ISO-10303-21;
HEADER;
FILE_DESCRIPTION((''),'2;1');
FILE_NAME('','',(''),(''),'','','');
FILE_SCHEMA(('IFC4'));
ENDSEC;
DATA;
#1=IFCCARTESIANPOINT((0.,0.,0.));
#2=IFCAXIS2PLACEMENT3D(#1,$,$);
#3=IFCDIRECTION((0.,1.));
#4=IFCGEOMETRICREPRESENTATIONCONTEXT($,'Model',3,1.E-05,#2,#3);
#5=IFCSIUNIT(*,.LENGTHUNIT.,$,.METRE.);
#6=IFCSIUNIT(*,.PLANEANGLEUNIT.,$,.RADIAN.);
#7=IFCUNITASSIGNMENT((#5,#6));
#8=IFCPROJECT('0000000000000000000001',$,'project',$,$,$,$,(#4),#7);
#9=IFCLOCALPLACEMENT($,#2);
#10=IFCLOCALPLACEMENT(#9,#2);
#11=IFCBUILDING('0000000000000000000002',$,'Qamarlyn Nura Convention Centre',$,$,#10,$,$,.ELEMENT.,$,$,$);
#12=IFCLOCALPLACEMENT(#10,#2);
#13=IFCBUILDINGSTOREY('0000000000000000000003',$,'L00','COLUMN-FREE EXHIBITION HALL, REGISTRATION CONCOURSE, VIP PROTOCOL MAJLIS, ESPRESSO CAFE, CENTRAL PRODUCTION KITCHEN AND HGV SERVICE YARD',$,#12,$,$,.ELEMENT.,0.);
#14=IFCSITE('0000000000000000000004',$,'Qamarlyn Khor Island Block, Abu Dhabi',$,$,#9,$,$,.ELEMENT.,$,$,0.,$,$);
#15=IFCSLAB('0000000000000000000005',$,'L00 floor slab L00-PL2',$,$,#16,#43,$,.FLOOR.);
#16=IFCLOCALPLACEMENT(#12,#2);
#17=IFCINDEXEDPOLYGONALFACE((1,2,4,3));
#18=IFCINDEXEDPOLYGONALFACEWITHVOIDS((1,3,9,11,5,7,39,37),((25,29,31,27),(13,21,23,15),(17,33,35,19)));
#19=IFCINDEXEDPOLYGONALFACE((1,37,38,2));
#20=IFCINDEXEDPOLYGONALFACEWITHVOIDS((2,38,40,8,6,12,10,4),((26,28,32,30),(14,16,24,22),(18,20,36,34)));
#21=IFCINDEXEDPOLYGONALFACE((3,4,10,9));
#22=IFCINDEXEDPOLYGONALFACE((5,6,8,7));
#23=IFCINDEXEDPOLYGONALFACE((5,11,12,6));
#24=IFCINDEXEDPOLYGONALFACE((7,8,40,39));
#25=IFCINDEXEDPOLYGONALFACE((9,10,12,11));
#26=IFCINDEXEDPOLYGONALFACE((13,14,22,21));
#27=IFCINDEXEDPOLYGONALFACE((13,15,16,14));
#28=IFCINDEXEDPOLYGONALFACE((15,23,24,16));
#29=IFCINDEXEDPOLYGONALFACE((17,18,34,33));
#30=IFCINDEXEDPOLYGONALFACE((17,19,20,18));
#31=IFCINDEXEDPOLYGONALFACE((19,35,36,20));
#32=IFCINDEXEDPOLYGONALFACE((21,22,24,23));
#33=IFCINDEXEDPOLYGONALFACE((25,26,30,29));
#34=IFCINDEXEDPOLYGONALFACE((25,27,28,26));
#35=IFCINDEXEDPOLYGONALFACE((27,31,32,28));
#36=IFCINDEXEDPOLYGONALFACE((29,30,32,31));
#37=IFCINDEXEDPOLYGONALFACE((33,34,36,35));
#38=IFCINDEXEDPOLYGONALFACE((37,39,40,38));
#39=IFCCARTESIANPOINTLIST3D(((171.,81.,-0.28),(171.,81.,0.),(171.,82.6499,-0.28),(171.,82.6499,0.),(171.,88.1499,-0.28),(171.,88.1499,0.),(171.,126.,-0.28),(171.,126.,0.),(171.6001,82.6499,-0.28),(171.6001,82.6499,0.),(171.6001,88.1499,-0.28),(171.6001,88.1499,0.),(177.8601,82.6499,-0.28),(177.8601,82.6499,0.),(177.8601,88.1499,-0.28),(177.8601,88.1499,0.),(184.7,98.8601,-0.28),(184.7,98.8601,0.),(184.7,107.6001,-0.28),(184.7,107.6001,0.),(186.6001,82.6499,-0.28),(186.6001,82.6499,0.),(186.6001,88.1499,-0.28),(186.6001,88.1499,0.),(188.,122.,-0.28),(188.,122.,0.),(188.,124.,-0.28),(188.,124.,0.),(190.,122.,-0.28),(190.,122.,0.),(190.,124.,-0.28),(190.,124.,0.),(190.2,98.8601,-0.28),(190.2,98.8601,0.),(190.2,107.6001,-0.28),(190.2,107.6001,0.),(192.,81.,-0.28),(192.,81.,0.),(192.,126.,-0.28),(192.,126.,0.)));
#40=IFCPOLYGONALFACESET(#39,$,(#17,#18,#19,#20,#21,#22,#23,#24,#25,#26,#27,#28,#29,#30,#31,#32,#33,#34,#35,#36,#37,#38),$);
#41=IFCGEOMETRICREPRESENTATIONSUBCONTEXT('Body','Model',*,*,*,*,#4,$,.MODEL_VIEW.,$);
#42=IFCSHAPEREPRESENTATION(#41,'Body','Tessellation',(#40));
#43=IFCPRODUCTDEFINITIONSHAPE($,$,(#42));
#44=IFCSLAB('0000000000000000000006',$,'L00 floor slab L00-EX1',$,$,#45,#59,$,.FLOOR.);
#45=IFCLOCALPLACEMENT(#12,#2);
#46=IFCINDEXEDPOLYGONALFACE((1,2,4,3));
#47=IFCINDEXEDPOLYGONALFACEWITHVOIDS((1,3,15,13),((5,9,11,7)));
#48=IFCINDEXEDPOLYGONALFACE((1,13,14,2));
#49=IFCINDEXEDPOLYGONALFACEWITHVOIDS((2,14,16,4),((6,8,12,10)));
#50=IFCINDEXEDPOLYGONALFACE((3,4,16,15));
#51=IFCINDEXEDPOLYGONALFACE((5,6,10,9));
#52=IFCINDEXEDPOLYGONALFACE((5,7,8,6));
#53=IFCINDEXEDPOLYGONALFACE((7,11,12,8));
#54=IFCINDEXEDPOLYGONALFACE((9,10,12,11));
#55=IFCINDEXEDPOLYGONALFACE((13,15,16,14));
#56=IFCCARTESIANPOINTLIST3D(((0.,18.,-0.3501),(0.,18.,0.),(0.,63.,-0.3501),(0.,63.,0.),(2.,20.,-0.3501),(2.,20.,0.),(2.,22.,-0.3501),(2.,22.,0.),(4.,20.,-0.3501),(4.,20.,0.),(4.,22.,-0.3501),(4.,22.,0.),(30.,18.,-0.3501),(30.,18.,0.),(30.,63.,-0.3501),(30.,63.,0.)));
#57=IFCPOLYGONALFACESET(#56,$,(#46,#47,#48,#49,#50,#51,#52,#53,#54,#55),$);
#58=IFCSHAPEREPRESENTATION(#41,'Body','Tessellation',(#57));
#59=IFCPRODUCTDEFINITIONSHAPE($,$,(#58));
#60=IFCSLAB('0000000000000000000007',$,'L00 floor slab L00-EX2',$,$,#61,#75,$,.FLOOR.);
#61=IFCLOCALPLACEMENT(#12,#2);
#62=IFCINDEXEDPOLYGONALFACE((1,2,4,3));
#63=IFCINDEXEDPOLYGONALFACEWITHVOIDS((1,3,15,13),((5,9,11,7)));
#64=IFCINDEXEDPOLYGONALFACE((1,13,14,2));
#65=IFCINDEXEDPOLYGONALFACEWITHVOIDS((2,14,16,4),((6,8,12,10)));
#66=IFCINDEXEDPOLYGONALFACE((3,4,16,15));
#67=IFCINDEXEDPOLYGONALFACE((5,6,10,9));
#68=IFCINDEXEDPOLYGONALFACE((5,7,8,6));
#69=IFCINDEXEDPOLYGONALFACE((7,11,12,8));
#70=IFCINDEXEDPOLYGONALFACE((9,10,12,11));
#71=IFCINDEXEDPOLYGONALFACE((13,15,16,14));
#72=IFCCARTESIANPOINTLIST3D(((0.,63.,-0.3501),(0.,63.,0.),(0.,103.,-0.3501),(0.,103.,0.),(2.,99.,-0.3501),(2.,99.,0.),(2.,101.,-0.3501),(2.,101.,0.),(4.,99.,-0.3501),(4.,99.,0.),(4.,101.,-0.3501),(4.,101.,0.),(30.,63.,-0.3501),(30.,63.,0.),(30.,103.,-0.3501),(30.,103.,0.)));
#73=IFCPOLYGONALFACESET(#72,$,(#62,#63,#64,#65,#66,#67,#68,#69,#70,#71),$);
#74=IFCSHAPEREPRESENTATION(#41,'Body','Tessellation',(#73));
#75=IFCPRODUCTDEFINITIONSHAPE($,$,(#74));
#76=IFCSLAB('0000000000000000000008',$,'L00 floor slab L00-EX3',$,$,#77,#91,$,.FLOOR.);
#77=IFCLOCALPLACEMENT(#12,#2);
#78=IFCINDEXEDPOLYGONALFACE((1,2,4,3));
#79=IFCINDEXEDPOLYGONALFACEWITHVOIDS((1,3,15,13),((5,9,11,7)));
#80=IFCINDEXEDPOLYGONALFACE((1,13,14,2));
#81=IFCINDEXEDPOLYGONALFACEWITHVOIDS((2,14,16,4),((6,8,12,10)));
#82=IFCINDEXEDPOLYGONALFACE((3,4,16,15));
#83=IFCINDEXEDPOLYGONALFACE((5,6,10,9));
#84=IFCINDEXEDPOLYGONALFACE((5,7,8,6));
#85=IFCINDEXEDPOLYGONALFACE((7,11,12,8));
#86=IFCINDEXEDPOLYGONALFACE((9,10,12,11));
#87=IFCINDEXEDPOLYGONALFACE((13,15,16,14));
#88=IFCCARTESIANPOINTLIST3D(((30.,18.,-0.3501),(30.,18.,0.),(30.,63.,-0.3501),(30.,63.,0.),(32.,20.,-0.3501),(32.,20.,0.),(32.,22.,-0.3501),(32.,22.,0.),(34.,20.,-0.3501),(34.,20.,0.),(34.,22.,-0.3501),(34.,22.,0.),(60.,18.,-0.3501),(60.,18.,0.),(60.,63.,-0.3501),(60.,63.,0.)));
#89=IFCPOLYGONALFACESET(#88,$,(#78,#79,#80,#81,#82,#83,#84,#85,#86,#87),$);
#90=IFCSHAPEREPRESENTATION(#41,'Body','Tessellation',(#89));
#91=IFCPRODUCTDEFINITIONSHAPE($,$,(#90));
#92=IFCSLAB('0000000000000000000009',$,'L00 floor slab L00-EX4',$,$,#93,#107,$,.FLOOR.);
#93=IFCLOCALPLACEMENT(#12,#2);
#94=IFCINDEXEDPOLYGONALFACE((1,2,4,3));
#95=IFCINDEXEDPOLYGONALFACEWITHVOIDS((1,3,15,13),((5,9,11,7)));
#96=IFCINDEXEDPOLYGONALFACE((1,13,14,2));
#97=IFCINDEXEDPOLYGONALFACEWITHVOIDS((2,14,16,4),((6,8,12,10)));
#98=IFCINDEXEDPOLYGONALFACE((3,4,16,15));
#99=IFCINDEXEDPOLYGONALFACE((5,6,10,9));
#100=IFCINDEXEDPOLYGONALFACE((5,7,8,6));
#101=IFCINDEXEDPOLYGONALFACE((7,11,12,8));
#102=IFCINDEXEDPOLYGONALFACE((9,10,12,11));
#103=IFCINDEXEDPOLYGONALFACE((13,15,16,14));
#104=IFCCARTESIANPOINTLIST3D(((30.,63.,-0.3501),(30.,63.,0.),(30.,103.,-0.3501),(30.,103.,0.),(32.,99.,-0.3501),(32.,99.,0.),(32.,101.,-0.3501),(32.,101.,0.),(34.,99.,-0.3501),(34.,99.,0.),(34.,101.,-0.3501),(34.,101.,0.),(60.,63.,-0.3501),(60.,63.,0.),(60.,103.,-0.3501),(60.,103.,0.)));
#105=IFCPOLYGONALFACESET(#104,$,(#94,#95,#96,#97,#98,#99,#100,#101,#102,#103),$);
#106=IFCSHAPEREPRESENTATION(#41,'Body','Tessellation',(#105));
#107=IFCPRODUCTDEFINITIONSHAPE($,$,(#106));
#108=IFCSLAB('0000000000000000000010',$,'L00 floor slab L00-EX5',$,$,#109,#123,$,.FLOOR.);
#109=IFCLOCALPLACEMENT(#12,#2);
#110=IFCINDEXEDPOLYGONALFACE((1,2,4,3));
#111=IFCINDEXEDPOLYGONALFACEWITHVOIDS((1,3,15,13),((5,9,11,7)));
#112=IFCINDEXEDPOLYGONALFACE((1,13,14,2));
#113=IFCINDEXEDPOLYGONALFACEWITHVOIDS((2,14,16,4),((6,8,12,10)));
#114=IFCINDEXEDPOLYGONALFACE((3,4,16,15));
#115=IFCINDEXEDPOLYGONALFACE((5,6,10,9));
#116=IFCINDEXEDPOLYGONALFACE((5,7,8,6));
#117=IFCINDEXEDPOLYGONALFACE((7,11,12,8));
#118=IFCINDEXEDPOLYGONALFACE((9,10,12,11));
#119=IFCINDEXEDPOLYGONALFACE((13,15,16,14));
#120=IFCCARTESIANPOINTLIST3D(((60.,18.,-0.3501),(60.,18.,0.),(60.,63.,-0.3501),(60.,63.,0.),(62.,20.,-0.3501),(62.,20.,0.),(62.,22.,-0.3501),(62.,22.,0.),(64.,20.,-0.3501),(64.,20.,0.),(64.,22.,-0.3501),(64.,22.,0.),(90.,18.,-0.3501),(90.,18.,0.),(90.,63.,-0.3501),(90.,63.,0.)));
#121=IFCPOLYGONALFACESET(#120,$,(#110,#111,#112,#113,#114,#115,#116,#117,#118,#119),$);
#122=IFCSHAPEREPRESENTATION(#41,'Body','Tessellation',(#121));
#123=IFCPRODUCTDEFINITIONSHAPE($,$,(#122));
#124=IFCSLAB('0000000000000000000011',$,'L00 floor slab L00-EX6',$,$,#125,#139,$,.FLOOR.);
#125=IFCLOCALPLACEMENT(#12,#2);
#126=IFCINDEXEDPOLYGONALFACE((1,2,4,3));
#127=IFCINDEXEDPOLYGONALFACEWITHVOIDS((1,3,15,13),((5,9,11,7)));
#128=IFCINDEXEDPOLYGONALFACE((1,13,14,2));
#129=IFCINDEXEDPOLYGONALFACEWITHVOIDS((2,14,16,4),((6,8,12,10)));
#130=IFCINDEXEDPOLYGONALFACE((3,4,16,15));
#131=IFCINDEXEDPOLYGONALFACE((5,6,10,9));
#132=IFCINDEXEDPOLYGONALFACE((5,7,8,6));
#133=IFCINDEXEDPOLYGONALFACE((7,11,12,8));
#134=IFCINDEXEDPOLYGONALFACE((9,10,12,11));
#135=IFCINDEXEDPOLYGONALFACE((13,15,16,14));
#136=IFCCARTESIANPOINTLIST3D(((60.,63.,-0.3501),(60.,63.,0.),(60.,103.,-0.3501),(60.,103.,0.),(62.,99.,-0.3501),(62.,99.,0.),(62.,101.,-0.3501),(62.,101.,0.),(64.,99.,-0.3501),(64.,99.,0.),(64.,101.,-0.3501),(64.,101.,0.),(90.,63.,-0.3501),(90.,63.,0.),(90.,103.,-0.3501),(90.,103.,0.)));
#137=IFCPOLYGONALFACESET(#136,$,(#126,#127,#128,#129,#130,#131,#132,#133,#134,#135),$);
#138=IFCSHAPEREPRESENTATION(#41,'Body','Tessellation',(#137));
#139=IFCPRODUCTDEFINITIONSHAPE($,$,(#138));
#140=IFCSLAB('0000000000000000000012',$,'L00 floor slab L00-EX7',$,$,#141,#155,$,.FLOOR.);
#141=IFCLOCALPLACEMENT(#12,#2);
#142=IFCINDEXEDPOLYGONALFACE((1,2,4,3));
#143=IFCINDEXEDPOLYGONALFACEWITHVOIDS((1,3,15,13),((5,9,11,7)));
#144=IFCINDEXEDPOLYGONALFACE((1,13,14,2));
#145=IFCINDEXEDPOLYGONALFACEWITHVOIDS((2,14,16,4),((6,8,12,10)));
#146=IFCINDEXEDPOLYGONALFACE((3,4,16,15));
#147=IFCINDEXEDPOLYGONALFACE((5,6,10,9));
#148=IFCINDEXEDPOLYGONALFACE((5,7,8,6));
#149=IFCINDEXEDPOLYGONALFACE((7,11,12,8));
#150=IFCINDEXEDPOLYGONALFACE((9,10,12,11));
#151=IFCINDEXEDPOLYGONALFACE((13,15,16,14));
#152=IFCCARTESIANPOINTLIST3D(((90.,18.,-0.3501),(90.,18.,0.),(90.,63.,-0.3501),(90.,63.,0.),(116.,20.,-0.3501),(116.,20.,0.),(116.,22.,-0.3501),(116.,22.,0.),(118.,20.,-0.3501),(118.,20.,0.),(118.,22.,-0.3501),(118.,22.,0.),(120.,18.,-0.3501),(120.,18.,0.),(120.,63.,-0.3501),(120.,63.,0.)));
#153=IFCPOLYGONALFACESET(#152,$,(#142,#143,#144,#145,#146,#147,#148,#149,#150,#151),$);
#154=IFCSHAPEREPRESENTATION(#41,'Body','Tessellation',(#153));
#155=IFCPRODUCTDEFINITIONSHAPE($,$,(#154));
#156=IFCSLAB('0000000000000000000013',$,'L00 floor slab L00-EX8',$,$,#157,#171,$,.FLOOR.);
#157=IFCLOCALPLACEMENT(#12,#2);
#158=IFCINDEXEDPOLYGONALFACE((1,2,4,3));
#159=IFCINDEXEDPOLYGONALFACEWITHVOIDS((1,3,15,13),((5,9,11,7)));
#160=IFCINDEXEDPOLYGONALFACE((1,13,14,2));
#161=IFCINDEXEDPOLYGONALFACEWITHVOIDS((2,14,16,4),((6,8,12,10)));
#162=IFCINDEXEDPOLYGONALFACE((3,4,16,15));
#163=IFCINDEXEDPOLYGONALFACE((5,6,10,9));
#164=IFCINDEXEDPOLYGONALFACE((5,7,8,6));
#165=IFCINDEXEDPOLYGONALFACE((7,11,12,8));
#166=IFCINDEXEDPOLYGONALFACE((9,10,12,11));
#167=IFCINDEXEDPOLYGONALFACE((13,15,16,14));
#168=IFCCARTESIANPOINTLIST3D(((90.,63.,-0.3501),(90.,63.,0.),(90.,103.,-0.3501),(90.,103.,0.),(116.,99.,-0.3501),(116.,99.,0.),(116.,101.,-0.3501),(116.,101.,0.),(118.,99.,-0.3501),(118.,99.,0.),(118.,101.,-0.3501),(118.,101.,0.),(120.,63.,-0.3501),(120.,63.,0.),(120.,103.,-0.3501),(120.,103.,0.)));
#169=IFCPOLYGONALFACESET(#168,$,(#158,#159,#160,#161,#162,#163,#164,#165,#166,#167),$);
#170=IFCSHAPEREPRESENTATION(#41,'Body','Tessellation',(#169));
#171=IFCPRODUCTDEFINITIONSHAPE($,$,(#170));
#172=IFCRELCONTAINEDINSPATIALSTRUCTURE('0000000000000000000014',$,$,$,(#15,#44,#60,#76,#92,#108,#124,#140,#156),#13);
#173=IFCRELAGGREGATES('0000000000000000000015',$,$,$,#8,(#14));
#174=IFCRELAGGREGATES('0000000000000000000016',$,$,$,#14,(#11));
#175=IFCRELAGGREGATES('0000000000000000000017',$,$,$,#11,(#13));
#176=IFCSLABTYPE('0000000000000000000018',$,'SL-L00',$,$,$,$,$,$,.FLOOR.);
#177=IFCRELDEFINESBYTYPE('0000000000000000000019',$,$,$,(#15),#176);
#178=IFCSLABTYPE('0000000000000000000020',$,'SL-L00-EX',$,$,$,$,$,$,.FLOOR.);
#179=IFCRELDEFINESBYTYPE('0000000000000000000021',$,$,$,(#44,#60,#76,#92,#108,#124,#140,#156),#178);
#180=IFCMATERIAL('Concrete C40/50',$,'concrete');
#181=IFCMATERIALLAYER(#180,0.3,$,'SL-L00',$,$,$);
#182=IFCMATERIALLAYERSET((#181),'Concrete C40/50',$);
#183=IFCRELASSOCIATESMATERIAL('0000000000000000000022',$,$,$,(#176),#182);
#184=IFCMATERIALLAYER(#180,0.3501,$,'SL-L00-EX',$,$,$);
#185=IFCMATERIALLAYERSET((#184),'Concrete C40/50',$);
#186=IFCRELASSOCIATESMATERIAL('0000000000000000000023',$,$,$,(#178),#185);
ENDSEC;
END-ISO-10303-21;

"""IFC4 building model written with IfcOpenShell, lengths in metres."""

from ifc_helpers import new_model, si_unit, direction, frame, origin, place, context, subcontext, project, spatial, polyline, outline, extrude, material, layer, layer_set, type_object, element, save


model = new_model("IFC4")

# Units and contexts
model_context = context("Model", 3, precision=1e-05, world=origin(), true_north=direction((0.0, 1.0)))
body_context = subcontext(model_context, "Body", "Model", "MODEL_VIEW")
ifc_project = project(units=[si_unit("LENGTHUNIT", "METRE"), si_unit("PLANEANGLEUNIT", "RADIAN")], contexts=[model_context])

# Site, building, storey
site_placement = place(None, origin())
site = spatial("IfcSite", under=ifc_project, at=site_placement, Name="Qamarlyn Khor Island Block, Abu Dhabi", CompositionType="ELEMENT", RefElevation=0.0)
building_placement = place(site_placement, origin())
building = spatial("IfcBuilding", under=site, at=building_placement, Name="Qamarlyn Nura Convention Centre", CompositionType="ELEMENT")
storey_placement = place(building_placement, origin())
storey = spatial("IfcBuildingStorey", under=building, at=storey_placement, Name="L00", Description="COLUMN-FREE EXHIBITION HALL, REGISTRATION CONCOURSE, VIP PROTOCOL MAJLIS, ESPRESSO CAFE, CENTRAL PRODUCTION KITCHEN AND HGV SERVICE YARD", CompositionType="ELEMENT", Elevation=0.0)

# Slabs
ifc_material = material(Name="Concrete C40/50", Category="concrete")
ifc_layer_1 = layer(ifc_material, 0.3, Name="SL-L00")
ifc_layer_set_1 = layer_set([ifc_layer_1], Name="Concrete C40/50")
slab_type_1 = type_object("IfcSlabType", Name="SL-L00", PredefinedType="FLOOR", material=ifc_layer_set_1)
slab_1_placement = place(storey_placement, frame((0.0, 0.0, -0.28)))
element("IfcSlab", 1, at=slab_1_placement, inside=storey, type_object=slab_type_1, Name="L00 floor slab L00-PL2", PredefinedType="FLOOR", context=body_context, shape_type="SweptSolid", body=[
    extrude(outline(polyline([(171.0, 82.6499), (171.6001, 82.6499), (171.6001, 88.1499), (171.0, 88.1499), (171.0, 126.0), (192.0, 126.0), (192.0, 81.0), (171.0, 81.0), (171.0, 82.6499)]), holes=[polyline([(188.0, 124.0), (188.0, 122.0), (190.0, 122.0), (190.0, 124.0), (188.0, 124.0)]), polyline([(177.8601, 88.1499), (177.8601, 82.6499), (186.6001, 82.6499), (186.6001, 88.1499), (177.8601, 88.1499)]), polyline([(184.7, 98.8601), (190.2, 98.8601), (190.2, 107.6001), (184.7, 107.6001), (184.7, 98.8601)])]), origin(), (0.0, 0.0, 1.0), 0.28),
])
ifc_layer_2 = layer(ifc_material, 0.3501, Name="SL-L00-EX")
ifc_layer_set_2 = layer_set([ifc_layer_2], Name="Concrete C40/50")
slab_type_2 = type_object("IfcSlabType", Name="SL-L00-EX", PredefinedType="FLOOR", material=ifc_layer_set_2)
slab_2_placement = place(storey_placement, frame((0.0, 0.0, -0.3501)))
element("IfcSlab", 2, at=slab_2_placement, inside=storey, type_object=slab_type_2, Name="L00 floor slab L00-EX1", PredefinedType="FLOOR", context=body_context, shape_type="SweptSolid", body=[
    extrude(outline(polyline([(0.0, 63.0), (30.0, 63.0), (30.0, 18.0), (0.0, 18.0), (0.0, 63.0)]), holes=[polyline([(2.0, 22.0), (2.0, 20.0), (4.0, 20.0), (4.0, 22.0), (2.0, 22.0)])]), origin(), (0.0, 0.0, 1.0), 0.3501),
])
slab_3_placement = place(storey_placement, frame((0.0, 0.0, -0.3501)))
element("IfcSlab", 3, at=slab_3_placement, inside=storey, type_object=slab_type_2, Name="L00 floor slab L00-EX2", PredefinedType="FLOOR", context=body_context, shape_type="SweptSolid", body=[
    extrude(outline(polyline([(0.0, 103.0), (30.0, 103.0), (30.0, 63.0), (0.0, 63.0), (0.0, 103.0)]), holes=[polyline([(2.0, 101.0), (2.0, 99.0), (4.0, 99.0), (4.0, 101.0), (2.0, 101.0)])]), origin(), (0.0, 0.0, 1.0), 0.3501),
])
slab_4_placement = place(storey_placement, frame((0.0, 0.0, -0.3501)))
element("IfcSlab", 4, at=slab_4_placement, inside=storey, type_object=slab_type_2, Name="L00 floor slab L00-EX3", PredefinedType="FLOOR", context=body_context, shape_type="SweptSolid", body=[
    extrude(outline(polyline([(30.0, 63.0), (60.0, 63.0), (60.0, 18.0), (30.0, 18.0), (30.0, 63.0)]), holes=[polyline([(32.0, 22.0), (32.0, 20.0), (34.0, 20.0), (34.0, 22.0), (32.0, 22.0)])]), origin(), (0.0, 0.0, 1.0), 0.3501),
])
slab_5_placement = place(storey_placement, frame((0.0, 0.0, -0.3501)))
element("IfcSlab", 5, at=slab_5_placement, inside=storey, type_object=slab_type_2, Name="L00 floor slab L00-EX4", PredefinedType="FLOOR", context=body_context, shape_type="SweptSolid", body=[
    extrude(outline(polyline([(30.0, 103.0), (60.0, 103.0), (60.0, 63.0), (30.0, 63.0), (30.0, 103.0)]), holes=[polyline([(32.0, 101.0), (32.0, 99.0), (34.0, 99.0), (34.0, 101.0), (32.0, 101.0)])]), origin(), (0.0, 0.0, 1.0), 0.3501),
])
slab_6_placement = place(storey_placement, frame((0.0, 0.0, -0.3501)))
element("IfcSlab", 6, at=slab_6_placement, inside=storey, type_object=slab_type_2, Name="L00 floor slab L00-EX5", PredefinedType="FLOOR", context=body_context, shape_type="SweptSolid", body=[
    extrude(outline(polyline([(60.0, 63.0), (90.0, 63.0), (90.0, 18.0), (60.0, 18.0), (60.0, 63.0)]), holes=[polyline([(62.0, 22.0), (62.0, 20.0), (64.0, 20.0), (64.0, 22.0), (62.0, 22.0)])]), origin(), (0.0, 0.0, 1.0), 0.3501),
])
slab_7_placement = place(storey_placement, frame((0.0, 0.0, -0.3501)))
element("IfcSlab", 7, at=slab_7_placement, inside=storey, type_object=slab_type_2, Name="L00 floor slab L00-EX6", PredefinedType="FLOOR", context=body_context, shape_type="SweptSolid", body=[
    extrude(outline(polyline([(60.0, 103.0), (90.0, 103.0), (90.0, 63.0), (60.0, 63.0), (60.0, 103.0)]), holes=[polyline([(62.0, 101.0), (62.0, 99.0), (64.0, 99.0), (64.0, 101.0), (62.0, 101.0)])]), origin(), (0.0, 0.0, 1.0), 0.3501),
])
slab_8_placement = place(storey_placement, frame((0.0, 0.0, -0.3501)))
element("IfcSlab", 8, at=slab_8_placement, inside=storey, type_object=slab_type_2, Name="L00 floor slab L00-EX7", PredefinedType="FLOOR", context=body_context, shape_type="SweptSolid", body=[
    extrude(outline(polyline([(90.0, 63.0), (120.0, 63.0), (120.0, 18.0), (90.0, 18.0), (90.0, 63.0)]), holes=[polyline([(116.0, 22.0), (116.0, 20.0), (118.0, 20.0), (118.0, 22.0), (116.0, 22.0)])]), origin(), (0.0, 0.0, 1.0), 0.3501),
])
slab_9_placement = place(storey_placement, frame((0.0, 0.0, -0.3501)))
element("IfcSlab", 9, at=slab_9_placement, inside=storey, type_object=slab_type_2, Name="L00 floor slab L00-EX8", PredefinedType="FLOOR", context=body_context, shape_type="SweptSolid", body=[
    extrude(outline(polyline([(90.0, 103.0), (120.0, 103.0), (120.0, 63.0), (90.0, 63.0), (90.0, 103.0)]), holes=[polyline([(116.0, 101.0), (116.0, 99.0), (118.0, 99.0), (118.0, 101.0), (116.0, 101.0)])]), origin(), (0.0, 0.0, 1.0), 0.3501),
])

save(model, "model.ifc")
